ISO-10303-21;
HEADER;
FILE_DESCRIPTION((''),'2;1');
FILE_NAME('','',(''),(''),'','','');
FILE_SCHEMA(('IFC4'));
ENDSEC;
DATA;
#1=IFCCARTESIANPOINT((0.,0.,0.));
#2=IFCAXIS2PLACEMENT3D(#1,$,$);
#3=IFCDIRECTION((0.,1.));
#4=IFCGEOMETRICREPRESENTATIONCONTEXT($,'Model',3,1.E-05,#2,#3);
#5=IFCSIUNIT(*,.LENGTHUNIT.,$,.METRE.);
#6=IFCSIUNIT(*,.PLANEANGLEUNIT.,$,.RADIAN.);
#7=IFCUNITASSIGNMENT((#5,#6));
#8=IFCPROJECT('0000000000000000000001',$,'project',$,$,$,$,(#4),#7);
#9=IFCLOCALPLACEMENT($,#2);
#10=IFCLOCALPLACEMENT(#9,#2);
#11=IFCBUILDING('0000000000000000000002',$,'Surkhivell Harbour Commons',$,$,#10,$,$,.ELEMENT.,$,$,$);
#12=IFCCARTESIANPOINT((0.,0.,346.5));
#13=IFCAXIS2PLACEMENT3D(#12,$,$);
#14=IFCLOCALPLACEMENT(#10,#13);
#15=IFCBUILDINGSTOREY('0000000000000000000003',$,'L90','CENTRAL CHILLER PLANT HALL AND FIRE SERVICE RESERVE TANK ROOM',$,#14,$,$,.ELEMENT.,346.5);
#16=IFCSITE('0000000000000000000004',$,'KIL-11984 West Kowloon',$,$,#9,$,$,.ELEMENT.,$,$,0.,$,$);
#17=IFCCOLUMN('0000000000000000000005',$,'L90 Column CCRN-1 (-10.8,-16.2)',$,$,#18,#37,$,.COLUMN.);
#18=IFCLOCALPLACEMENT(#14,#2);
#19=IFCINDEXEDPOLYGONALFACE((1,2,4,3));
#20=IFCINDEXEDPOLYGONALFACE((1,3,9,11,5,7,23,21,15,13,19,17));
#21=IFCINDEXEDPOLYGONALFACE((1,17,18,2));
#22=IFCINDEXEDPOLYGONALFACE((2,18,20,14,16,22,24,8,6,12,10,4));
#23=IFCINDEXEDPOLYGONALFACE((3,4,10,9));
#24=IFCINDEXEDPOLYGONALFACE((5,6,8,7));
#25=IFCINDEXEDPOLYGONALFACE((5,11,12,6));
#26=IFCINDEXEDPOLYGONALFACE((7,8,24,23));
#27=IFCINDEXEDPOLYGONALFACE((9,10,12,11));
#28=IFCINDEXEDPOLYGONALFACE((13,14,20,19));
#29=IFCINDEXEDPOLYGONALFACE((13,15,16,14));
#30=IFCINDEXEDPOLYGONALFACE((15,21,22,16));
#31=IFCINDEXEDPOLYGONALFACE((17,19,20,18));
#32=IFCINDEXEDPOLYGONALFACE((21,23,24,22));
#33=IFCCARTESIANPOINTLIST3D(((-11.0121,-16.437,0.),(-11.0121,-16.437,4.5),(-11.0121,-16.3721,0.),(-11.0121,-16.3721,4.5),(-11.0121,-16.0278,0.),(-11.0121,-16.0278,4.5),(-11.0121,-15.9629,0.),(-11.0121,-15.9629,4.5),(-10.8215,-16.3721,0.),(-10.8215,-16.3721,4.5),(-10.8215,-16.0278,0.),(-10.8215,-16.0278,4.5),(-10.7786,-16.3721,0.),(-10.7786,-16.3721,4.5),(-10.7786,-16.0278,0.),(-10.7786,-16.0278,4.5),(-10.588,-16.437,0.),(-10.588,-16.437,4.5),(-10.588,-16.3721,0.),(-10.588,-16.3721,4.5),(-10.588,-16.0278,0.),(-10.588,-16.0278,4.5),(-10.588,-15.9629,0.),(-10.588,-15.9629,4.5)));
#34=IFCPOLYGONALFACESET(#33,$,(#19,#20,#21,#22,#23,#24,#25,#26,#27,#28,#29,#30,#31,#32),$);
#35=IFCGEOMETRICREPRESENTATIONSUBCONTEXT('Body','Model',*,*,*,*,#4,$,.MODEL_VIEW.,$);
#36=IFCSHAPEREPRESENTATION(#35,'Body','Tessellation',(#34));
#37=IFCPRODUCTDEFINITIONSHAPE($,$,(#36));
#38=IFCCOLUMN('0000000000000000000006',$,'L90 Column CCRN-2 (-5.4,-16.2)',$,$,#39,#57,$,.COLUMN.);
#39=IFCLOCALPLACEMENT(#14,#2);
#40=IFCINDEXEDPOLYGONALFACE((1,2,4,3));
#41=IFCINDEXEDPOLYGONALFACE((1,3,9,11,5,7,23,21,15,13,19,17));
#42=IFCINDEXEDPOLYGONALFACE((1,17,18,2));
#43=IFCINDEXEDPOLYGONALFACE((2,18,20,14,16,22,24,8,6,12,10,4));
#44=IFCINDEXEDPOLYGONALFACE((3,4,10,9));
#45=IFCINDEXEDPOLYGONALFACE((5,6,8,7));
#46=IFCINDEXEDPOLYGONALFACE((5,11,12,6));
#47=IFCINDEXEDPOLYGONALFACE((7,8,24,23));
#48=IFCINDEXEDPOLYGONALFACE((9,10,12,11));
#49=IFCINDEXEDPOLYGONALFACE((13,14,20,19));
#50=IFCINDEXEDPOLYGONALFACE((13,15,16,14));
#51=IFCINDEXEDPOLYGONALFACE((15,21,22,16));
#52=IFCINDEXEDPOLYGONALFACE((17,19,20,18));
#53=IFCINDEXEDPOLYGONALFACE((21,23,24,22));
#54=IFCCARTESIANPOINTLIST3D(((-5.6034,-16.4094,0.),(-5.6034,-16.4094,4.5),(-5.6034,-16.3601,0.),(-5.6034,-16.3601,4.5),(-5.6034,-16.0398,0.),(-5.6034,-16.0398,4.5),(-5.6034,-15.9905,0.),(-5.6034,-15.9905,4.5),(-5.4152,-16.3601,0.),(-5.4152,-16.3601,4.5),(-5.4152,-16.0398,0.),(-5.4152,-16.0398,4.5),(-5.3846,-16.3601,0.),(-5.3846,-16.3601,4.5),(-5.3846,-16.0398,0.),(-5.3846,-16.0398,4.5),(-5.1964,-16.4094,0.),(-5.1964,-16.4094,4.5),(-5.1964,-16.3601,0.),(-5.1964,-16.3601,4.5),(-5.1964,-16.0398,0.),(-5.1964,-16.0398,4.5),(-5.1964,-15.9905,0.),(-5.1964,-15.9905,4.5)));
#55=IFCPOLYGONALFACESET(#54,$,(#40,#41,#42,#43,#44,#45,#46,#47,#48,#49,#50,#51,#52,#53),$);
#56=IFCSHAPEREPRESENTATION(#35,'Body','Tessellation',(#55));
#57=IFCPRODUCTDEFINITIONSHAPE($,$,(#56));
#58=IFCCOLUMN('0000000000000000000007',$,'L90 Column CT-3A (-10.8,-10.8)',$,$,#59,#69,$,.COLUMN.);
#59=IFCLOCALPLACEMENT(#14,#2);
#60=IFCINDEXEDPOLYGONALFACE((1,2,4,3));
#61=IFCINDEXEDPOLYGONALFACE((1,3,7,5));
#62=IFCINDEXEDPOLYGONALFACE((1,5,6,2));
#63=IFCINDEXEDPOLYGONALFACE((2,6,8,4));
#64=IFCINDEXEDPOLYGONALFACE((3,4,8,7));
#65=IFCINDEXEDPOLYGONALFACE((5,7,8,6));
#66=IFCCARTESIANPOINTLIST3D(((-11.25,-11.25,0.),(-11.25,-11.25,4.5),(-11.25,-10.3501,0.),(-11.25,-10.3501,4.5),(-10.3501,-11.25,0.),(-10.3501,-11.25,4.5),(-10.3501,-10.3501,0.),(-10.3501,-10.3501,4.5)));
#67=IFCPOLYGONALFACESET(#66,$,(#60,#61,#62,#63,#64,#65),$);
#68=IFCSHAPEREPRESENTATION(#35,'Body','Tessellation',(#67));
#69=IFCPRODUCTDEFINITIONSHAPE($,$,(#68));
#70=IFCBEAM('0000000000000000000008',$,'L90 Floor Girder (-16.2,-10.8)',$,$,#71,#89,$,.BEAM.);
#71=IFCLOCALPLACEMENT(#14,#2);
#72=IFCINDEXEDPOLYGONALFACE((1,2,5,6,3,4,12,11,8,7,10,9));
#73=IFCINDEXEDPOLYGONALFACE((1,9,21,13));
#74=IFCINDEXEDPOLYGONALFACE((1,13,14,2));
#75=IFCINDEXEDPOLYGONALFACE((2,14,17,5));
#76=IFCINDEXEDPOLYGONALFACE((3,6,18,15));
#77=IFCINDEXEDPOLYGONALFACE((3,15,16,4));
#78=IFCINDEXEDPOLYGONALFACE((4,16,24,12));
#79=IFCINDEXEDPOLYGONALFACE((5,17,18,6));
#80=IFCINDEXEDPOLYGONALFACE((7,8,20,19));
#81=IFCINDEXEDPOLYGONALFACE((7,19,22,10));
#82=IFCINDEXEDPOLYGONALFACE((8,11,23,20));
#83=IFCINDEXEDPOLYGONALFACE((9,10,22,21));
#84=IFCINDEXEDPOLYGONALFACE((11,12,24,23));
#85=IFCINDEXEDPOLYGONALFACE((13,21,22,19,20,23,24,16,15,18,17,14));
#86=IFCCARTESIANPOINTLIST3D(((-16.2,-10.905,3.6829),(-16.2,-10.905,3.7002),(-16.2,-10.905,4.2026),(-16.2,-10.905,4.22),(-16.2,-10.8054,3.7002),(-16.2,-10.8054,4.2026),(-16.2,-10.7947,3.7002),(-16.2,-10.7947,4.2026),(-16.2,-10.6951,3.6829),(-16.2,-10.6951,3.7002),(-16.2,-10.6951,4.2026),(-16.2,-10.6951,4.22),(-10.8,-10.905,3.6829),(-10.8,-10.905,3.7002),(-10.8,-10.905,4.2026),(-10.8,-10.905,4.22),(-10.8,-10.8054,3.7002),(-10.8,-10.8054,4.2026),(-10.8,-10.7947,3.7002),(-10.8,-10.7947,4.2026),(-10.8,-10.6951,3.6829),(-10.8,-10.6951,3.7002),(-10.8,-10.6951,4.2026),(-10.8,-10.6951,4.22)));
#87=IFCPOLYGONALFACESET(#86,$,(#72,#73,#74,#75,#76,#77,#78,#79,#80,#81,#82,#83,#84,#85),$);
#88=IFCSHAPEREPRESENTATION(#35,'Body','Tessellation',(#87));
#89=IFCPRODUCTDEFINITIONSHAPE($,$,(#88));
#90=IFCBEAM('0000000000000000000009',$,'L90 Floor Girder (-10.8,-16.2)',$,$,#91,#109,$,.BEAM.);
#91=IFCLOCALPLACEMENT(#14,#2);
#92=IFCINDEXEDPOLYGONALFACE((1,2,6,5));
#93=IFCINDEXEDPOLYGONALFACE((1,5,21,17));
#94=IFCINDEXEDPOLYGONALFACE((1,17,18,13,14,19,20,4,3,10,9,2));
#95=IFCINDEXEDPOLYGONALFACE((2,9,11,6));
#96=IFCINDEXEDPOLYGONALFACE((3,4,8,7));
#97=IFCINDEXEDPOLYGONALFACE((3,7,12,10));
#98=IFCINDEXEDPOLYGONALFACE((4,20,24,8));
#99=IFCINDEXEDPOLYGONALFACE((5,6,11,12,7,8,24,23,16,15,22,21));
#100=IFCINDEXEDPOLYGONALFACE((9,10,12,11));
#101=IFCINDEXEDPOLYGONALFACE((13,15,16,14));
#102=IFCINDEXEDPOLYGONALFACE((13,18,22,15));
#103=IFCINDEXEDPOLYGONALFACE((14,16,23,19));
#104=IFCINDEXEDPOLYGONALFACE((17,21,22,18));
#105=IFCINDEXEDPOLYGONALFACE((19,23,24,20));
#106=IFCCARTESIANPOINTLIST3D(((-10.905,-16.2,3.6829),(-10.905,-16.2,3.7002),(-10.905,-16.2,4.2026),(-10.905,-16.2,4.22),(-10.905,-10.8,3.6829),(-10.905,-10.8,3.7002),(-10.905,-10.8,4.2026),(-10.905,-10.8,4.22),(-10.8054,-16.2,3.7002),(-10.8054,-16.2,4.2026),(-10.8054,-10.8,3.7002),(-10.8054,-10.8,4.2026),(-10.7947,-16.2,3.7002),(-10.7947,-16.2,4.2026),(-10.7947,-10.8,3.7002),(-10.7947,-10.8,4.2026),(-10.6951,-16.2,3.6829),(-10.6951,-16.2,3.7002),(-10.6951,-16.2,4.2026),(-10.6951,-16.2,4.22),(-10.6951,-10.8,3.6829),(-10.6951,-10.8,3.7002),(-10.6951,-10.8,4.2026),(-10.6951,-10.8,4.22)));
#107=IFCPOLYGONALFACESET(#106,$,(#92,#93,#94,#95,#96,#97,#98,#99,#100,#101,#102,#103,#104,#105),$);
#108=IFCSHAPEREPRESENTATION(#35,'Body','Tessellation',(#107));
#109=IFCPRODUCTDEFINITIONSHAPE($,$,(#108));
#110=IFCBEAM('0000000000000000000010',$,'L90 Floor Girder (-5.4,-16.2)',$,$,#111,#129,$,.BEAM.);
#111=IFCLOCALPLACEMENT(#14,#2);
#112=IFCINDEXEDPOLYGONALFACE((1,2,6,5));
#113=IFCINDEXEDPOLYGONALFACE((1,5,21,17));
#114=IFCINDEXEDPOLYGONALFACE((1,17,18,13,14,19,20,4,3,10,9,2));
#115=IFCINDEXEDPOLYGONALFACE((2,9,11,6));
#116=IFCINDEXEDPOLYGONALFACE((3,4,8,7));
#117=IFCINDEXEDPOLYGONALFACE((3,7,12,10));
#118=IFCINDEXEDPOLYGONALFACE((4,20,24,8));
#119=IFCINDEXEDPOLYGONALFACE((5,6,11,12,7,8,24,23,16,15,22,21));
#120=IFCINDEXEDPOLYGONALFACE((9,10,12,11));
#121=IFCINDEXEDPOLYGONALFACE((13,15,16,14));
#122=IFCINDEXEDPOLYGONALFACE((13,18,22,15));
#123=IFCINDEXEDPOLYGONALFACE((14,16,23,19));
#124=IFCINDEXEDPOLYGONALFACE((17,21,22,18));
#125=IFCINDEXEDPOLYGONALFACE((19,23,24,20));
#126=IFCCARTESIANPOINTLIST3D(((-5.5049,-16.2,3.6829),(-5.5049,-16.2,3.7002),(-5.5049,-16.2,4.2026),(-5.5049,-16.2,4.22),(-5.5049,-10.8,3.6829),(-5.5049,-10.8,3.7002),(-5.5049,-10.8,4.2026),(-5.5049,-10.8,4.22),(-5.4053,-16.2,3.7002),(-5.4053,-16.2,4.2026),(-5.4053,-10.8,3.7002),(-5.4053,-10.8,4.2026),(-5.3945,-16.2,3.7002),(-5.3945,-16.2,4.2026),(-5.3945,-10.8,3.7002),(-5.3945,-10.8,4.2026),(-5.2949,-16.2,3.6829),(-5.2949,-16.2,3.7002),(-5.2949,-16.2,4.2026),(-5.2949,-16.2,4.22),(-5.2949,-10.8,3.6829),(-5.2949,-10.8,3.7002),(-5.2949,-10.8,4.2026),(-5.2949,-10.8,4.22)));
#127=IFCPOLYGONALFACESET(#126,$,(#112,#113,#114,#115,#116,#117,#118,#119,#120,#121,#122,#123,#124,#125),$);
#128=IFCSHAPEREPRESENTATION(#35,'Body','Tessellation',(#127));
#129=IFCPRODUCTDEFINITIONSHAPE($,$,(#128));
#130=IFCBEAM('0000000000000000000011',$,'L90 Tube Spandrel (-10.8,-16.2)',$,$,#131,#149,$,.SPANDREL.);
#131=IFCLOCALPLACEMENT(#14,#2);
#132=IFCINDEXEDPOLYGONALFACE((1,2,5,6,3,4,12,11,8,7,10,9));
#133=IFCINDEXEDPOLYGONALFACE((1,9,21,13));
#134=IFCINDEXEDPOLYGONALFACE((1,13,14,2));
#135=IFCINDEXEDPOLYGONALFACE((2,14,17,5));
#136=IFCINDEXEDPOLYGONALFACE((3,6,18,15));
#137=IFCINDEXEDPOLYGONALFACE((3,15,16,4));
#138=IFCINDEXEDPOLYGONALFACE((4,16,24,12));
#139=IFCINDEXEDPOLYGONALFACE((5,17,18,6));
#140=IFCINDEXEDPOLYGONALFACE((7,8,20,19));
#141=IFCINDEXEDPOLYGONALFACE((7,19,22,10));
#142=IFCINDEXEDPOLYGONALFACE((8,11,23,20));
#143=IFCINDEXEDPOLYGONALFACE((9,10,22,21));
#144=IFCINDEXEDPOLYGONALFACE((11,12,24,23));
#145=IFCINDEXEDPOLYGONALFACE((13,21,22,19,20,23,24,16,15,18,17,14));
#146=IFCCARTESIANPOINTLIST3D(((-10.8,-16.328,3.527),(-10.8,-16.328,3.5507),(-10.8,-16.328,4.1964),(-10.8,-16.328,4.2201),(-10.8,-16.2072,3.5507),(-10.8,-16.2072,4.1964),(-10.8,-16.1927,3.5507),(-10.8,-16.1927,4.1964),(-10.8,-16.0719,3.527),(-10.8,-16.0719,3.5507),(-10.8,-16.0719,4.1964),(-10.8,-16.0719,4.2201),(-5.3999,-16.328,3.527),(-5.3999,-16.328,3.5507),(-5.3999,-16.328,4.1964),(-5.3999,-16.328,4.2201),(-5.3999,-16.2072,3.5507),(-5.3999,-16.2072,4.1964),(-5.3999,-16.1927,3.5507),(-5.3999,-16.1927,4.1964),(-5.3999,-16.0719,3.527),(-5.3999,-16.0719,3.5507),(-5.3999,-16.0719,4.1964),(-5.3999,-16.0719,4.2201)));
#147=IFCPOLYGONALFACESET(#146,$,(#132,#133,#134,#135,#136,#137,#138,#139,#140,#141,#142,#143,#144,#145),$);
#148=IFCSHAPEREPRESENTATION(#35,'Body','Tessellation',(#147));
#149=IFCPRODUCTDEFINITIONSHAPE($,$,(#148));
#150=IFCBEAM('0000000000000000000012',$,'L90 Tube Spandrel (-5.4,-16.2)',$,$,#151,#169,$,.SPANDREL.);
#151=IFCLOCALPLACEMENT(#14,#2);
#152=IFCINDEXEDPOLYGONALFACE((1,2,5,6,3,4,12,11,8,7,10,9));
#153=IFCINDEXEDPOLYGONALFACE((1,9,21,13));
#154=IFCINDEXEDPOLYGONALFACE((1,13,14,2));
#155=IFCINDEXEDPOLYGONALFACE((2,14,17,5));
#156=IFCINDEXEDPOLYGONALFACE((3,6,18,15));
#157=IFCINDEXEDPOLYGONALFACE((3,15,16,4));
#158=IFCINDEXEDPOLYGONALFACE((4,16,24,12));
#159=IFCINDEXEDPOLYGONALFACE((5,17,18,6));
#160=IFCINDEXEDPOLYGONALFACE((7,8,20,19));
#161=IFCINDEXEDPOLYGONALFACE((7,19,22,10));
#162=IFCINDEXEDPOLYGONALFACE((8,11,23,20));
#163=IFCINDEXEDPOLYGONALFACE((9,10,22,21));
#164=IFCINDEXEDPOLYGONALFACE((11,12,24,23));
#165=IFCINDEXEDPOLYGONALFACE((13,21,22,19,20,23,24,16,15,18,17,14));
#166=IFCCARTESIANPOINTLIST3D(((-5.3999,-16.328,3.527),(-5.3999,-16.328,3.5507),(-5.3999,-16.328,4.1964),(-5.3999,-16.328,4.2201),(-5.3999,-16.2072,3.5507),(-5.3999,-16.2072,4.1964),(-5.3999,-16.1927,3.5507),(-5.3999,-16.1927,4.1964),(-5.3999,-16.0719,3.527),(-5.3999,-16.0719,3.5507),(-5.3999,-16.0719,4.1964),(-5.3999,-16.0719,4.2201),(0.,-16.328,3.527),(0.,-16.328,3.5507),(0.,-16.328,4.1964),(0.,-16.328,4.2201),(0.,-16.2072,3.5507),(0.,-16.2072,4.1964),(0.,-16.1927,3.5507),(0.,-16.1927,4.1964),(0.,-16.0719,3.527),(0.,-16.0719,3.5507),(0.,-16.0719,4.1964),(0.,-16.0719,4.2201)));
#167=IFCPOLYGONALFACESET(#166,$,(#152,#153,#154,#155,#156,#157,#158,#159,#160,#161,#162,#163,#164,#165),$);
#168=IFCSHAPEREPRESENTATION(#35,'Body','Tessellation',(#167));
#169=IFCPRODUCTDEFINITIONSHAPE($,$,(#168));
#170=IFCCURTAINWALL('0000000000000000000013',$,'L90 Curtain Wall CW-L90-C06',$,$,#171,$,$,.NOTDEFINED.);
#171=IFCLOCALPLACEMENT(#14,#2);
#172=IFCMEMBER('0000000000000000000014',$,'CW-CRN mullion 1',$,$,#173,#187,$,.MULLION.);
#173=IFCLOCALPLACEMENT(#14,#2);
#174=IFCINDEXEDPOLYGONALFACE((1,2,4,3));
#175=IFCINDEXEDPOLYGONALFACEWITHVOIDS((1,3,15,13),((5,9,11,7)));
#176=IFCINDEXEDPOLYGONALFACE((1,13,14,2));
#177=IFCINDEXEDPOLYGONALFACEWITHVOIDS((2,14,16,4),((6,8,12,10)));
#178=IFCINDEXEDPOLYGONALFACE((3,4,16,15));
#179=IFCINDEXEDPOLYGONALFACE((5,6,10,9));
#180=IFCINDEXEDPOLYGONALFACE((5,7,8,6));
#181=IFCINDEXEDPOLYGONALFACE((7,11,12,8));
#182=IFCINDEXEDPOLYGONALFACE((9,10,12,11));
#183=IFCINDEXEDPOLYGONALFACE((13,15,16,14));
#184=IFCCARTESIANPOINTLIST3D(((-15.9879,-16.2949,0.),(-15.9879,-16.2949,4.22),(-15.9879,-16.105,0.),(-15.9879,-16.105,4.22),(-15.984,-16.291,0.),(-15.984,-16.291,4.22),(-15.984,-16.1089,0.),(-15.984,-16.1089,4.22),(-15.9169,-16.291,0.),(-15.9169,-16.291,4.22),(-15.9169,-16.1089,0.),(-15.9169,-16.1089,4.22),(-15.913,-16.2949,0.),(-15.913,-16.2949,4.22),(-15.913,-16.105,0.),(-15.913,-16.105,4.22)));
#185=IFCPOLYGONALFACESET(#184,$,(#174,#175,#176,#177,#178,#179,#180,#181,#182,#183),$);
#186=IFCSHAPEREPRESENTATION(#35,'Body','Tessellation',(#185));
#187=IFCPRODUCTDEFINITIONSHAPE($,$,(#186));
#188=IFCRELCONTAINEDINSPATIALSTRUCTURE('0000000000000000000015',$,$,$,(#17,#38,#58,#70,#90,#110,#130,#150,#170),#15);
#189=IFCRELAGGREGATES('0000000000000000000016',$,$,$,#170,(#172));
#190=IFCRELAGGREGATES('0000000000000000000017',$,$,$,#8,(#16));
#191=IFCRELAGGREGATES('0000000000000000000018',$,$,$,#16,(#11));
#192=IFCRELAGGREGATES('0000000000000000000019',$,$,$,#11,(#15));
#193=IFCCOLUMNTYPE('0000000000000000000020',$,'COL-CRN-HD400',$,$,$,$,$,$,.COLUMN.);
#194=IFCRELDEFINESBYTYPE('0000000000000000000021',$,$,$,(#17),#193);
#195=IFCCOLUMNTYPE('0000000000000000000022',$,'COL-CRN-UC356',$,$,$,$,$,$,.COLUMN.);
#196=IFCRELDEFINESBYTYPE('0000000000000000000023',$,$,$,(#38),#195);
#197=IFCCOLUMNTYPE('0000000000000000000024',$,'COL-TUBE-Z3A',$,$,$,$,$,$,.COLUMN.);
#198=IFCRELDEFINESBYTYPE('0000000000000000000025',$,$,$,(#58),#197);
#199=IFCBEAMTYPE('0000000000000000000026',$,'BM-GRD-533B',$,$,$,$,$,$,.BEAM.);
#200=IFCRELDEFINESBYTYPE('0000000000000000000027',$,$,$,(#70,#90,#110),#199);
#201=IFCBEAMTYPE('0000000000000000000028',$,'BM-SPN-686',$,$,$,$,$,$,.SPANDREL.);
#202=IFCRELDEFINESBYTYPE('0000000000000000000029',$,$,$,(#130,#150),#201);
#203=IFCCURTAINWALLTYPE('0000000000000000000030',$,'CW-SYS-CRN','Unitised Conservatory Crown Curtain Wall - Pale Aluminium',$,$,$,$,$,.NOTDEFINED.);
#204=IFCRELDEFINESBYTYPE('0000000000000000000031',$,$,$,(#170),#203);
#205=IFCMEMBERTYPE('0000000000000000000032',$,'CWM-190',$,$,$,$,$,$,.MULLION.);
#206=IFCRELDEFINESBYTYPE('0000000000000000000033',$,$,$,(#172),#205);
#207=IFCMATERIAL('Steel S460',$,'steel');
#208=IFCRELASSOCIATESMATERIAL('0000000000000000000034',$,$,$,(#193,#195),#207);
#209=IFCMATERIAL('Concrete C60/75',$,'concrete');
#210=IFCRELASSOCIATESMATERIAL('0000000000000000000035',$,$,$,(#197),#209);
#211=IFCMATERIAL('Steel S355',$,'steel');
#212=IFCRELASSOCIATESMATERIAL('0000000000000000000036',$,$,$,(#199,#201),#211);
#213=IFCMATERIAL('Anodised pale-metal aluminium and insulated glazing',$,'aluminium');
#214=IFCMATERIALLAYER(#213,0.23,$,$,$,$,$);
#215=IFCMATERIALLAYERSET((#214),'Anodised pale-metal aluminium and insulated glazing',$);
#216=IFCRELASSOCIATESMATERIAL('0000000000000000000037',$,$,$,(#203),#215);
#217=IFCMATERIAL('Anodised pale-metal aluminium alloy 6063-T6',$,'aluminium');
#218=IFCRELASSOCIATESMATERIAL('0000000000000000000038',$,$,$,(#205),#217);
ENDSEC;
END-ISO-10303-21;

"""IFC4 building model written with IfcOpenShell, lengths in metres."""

from ifc_helpers import new_model, si_unit, direction, frame, origin, origin_2d, place, context, subcontext, project, spatial, rectangle, hollow_rectangle, i_section, extrude, material, layer, layer_set, material_profile, profile_set, type_object, element, aggregate, save


model = new_model("IFC4")

# Units and contexts
model_context = context("Model", 3, precision=1e-05, world=origin(), true_north=direction((0.0, 1.0)))
body_context = subcontext(model_context, "Body", "Model", "MODEL_VIEW")
ifc_project = project(units=[si_unit("LENGTHUNIT", "METRE"), si_unit("PLANEANGLEUNIT", "RADIAN")], contexts=[model_context])

# Site, building, storey
site_placement = place(None, origin())
site = spatial("IfcSite", under=ifc_project, at=site_placement, Name="KIL-11984 West Kowloon", CompositionType="ELEMENT", RefElevation=0.0)
building_placement = place(site_placement, origin())
building = spatial("IfcBuilding", under=site, at=building_placement, Name="Surkhivell Harbour Commons", CompositionType="ELEMENT")
storey_placement = place(building_placement, frame((0.0, 0.0, 346.5)))
storey = spatial("IfcBuildingStorey", under=building, at=storey_placement, Name="L90", Description="CENTRAL CHILLER PLANT HALL AND FIRE SERVICE RESERVE TANK ROOM", CompositionType="ELEMENT", Elevation=346.5)

# Columns
ifc_material_1 = material(Name="Steel S460", Category="steel")
ifc_material_profile_1 = material_profile(ifc_material_1, i_section(OverallWidth=0.4241, OverallDepth=0.4741, WebThickness=0.043, FlangeThickness=0.0649, at=origin_2d()), Name="HD400x634")
ifc_profile_set_1 = profile_set([ifc_material_profile_1], Name="Steel S460")
column_type_1 = type_object("IfcColumnType", Name="COL-CRN-HD400", PredefinedType="COLUMN", material=ifc_profile_set_1)
column_1_placement = place(storey_placement, frame((-10.8, -16.2, 0.0), z_axis=(0.0, 0.0, 1.0), x_axis=(1.0, 0.0, 0.0)))
element("IfcColumn", 1, at=column_1_placement, inside=storey, type_object=column_type_1, Name="L90 Column CCRN-1 (-10.8,-16.2)", PredefinedType="COLUMN", context=body_context, shape_type="SweptSolid", body=[
    extrude(i_section(OverallWidth=0.4241, OverallDepth=0.4741, WebThickness=0.043, FlangeThickness=0.0649, at=origin_2d()), origin(), (0.0, 0.0, 1.0), 4.5),
])
ifc_material_profile_2 = material_profile(ifc_material_1, i_section(OverallWidth=0.407, OverallDepth=0.4189, WebThickness=0.0305, FlangeThickness=0.0493, at=origin_2d()), Name="UC356x406x393")
ifc_profile_set_2 = profile_set([ifc_material_profile_2], Name="Steel S460")
column_type_2 = type_object("IfcColumnType", Name="COL-CRN-UC356", PredefinedType="COLUMN", material=ifc_profile_set_2)
column_2_placement = place(storey_placement, frame((-5.3999, -16.2, 0.0), z_axis=(0.0, 0.0, 1.0), x_axis=(1.0, 0.0, 0.0)))
element("IfcColumn", 2, at=column_2_placement, inside=storey, type_object=column_type_2, Name="L90 Column CCRN-2 (-5.4,-16.2)", PredefinedType="COLUMN", context=body_context, shape_type="SweptSolid", body=[
    extrude(i_section(OverallWidth=0.407, OverallDepth=0.4189, WebThickness=0.0305, FlangeThickness=0.0493, at=origin_2d()), origin(), (0.0, 0.0, 1.0), 4.5),
])
ifc_material_2 = material(Name="Concrete C60/75", Category="concrete")
ifc_material_profile_3 = material_profile(ifc_material_2, rectangle(XDim=0.8999, YDim=0.8999, at=origin_2d()), Name="RC-COL-900x900")
ifc_profile_set_3 = profile_set([ifc_material_profile_3], Name="Concrete C60/75")
column_type_3 = type_object("IfcColumnType", Name="COL-TUBE-Z3A", PredefinedType="COLUMN", material=ifc_profile_set_3)
column_3_placement = place(storey_placement, frame((-10.8, -10.8, 0.0), z_axis=(0.0, 0.0, 1.0), x_axis=(1.0, 0.0, 0.0)))
element("IfcColumn", 3, at=column_3_placement, inside=storey, type_object=column_type_3, Name="L90 Column CT-3A (-10.8,-10.8)", PredefinedType="COLUMN", context=body_context, shape_type="SweptSolid", body=[
    extrude(rectangle(XDim=0.8999, YDim=0.8999, at=origin_2d()), origin(), (0.0, 0.0, 1.0), 4.5),
])

# Beams
ifc_material_3 = material(Name="Steel S355", Category="steel")
ifc_material_profile_4 = material_profile(ifc_material_3, i_section(OverallWidth=0.21, OverallDepth=0.5371, WebThickness=0.0107, FlangeThickness=0.0173, at=origin_2d()), Name="UB533x210x101")
ifc_profile_set_4 = profile_set([ifc_material_profile_4], Name="Steel S355")
beam_type_1 = type_object("IfcBeamType", Name="BM-GRD-533B", PredefinedType="BEAM", material=ifc_profile_set_4)
for number, where, z_axis, x_axis, name in (
    (4, (-16.2, -10.8, 3.9514), (1.0, 0.0, 0.0), (0.0, 1.0, 0.0), "L90 Floor Girder (-16.2,-10.8)"),
    (5, (-10.8, -16.2, 3.9514), (0.0, 1.0, 0.0), (-1.0, 0.0, 0.0), "L90 Floor Girder (-10.8,-16.2)"),
    (6, (-5.3999, -16.2, 3.9514), (0.0, 1.0, 0.0), (-1.0, 0.0, 0.0), "L90 Floor Girder (-5.4,-16.2)"),
):
    element("IfcBeam", number, at=place(storey_placement, frame(where, z_axis=z_axis, x_axis=x_axis)), inside=storey, type_object=beam_type_1, Name=name, PredefinedType="BEAM", context=body_context, shape_type="SweptSolid", body=[
        extrude(i_section(OverallWidth=0.21, OverallDepth=0.5371, WebThickness=0.0107, FlangeThickness=0.0173, at=origin_2d()), origin(), (0.0, 0.0, 1.0), 5.3999),
    ])
ifc_material_profile_5 = material_profile(ifc_material_3, i_section(OverallWidth=0.2561, OverallDepth=0.6931, WebThickness=0.0144, FlangeThickness=0.0237, at=origin_2d()), Name="UB686x254x170")
ifc_profile_set_5 = profile_set([ifc_material_profile_5], Name="Steel S355")
beam_type_2 = type_object("IfcBeamType", Name="BM-SPN-686", PredefinedType="SPANDREL", material=ifc_profile_set_5)
beam_1_placement = place(storey_placement, frame((-10.8, -16.2, 3.8735), z_axis=(1.0, 0.0, 0.0), x_axis=(0.0, 1.0, 0.0)))
element("IfcBeam", 7, at=beam_1_placement, inside=storey, type_object=beam_type_2, Name="L90 Tube Spandrel (-10.8,-16.2)", PredefinedType="SPANDREL", context=body_context, shape_type="SweptSolid", body=[
    extrude(i_section(OverallWidth=0.2561, OverallDepth=0.6931, WebThickness=0.0144, FlangeThickness=0.0237, at=origin_2d()), origin(), (0.0, 0.0, 1.0), 5.4001),
])
beam_2_placement = place(storey_placement, frame((-5.3999, -16.2, 3.8735), z_axis=(1.0, 0.0, 0.0), x_axis=(0.0, 1.0, 0.0)))
element("IfcBeam", 8, at=beam_2_placement, inside=storey, type_object=beam_type_2, Name="L90 Tube Spandrel (-5.4,-16.2)", PredefinedType="SPANDREL", context=body_context, shape_type="SweptSolid", body=[
    extrude(i_section(OverallWidth=0.2561, OverallDepth=0.6931, WebThickness=0.0144, FlangeThickness=0.0237, at=origin_2d()), origin(), (0.0, 0.0, 1.0), 5.3999),
])

# Curtain wall, member
ifc_material_4 = material(Name="Anodised pale-metal aluminium and insulated glazing", Category="aluminium")
ifc_layer_1 = layer(ifc_material_4, 0.23)
ifc_layer_set_1 = layer_set([ifc_layer_1], Name="Anodised pale-metal aluminium and insulated glazing")
curtain_wall_type = type_object("IfcCurtainWallType", Name="CW-SYS-CRN", Description="Unitised Conservatory Crown Curtain Wall - Pale Aluminium", PredefinedType="NOTDEFINED", material=ifc_layer_set_1)
curtain_wall_placement = place(storey_placement, origin())
curtain_wall = element("IfcCurtainWall", 9, at=curtain_wall_placement, inside=storey, type_object=curtain_wall_type, Name="L90 Curtain Wall CW-L90-C06", PredefinedType="NOTDEFINED")
ifc_material_5 = material(Name="Anodised pale-metal aluminium alloy 6063-T6", Category="aluminium")
ifc_material_profile_6 = material_profile(ifc_material_5, hollow_rectangle(XDim=0.075, YDim=0.1899, WallThickness=0.0039, at=origin_2d()), Name="ALU-MULL-75x190")
ifc_profile_set_6 = profile_set([ifc_material_profile_6], Name="Anodised pale-metal aluminium alloy 6063-T6")
member_type_1 = type_object("IfcMemberType", Name="CWM-190", PredefinedType="MULLION", material=ifc_profile_set_6)
member_1_placement = place(storey_placement, frame((-15.9504, -16.2, 0.0), z_axis=(0.0, 0.0, 1.0), x_axis=(1.0, 0.0, 0.0)))
member_1 = element("IfcMember", 10, at=member_1_placement, type_object=member_type_1, Name="CW-CRN mullion 1", PredefinedType="MULLION", context=body_context, shape_type="SweptSolid", body=[
    extrude(hollow_rectangle(XDim=0.075, YDim=0.1899, WallThickness=0.0039, at=origin_2d()), origin(), (0.0, 0.0, 1.0), 4.22),
])
aggregate(curtain_wall, [member_1])

save(model, "model.ifc")
